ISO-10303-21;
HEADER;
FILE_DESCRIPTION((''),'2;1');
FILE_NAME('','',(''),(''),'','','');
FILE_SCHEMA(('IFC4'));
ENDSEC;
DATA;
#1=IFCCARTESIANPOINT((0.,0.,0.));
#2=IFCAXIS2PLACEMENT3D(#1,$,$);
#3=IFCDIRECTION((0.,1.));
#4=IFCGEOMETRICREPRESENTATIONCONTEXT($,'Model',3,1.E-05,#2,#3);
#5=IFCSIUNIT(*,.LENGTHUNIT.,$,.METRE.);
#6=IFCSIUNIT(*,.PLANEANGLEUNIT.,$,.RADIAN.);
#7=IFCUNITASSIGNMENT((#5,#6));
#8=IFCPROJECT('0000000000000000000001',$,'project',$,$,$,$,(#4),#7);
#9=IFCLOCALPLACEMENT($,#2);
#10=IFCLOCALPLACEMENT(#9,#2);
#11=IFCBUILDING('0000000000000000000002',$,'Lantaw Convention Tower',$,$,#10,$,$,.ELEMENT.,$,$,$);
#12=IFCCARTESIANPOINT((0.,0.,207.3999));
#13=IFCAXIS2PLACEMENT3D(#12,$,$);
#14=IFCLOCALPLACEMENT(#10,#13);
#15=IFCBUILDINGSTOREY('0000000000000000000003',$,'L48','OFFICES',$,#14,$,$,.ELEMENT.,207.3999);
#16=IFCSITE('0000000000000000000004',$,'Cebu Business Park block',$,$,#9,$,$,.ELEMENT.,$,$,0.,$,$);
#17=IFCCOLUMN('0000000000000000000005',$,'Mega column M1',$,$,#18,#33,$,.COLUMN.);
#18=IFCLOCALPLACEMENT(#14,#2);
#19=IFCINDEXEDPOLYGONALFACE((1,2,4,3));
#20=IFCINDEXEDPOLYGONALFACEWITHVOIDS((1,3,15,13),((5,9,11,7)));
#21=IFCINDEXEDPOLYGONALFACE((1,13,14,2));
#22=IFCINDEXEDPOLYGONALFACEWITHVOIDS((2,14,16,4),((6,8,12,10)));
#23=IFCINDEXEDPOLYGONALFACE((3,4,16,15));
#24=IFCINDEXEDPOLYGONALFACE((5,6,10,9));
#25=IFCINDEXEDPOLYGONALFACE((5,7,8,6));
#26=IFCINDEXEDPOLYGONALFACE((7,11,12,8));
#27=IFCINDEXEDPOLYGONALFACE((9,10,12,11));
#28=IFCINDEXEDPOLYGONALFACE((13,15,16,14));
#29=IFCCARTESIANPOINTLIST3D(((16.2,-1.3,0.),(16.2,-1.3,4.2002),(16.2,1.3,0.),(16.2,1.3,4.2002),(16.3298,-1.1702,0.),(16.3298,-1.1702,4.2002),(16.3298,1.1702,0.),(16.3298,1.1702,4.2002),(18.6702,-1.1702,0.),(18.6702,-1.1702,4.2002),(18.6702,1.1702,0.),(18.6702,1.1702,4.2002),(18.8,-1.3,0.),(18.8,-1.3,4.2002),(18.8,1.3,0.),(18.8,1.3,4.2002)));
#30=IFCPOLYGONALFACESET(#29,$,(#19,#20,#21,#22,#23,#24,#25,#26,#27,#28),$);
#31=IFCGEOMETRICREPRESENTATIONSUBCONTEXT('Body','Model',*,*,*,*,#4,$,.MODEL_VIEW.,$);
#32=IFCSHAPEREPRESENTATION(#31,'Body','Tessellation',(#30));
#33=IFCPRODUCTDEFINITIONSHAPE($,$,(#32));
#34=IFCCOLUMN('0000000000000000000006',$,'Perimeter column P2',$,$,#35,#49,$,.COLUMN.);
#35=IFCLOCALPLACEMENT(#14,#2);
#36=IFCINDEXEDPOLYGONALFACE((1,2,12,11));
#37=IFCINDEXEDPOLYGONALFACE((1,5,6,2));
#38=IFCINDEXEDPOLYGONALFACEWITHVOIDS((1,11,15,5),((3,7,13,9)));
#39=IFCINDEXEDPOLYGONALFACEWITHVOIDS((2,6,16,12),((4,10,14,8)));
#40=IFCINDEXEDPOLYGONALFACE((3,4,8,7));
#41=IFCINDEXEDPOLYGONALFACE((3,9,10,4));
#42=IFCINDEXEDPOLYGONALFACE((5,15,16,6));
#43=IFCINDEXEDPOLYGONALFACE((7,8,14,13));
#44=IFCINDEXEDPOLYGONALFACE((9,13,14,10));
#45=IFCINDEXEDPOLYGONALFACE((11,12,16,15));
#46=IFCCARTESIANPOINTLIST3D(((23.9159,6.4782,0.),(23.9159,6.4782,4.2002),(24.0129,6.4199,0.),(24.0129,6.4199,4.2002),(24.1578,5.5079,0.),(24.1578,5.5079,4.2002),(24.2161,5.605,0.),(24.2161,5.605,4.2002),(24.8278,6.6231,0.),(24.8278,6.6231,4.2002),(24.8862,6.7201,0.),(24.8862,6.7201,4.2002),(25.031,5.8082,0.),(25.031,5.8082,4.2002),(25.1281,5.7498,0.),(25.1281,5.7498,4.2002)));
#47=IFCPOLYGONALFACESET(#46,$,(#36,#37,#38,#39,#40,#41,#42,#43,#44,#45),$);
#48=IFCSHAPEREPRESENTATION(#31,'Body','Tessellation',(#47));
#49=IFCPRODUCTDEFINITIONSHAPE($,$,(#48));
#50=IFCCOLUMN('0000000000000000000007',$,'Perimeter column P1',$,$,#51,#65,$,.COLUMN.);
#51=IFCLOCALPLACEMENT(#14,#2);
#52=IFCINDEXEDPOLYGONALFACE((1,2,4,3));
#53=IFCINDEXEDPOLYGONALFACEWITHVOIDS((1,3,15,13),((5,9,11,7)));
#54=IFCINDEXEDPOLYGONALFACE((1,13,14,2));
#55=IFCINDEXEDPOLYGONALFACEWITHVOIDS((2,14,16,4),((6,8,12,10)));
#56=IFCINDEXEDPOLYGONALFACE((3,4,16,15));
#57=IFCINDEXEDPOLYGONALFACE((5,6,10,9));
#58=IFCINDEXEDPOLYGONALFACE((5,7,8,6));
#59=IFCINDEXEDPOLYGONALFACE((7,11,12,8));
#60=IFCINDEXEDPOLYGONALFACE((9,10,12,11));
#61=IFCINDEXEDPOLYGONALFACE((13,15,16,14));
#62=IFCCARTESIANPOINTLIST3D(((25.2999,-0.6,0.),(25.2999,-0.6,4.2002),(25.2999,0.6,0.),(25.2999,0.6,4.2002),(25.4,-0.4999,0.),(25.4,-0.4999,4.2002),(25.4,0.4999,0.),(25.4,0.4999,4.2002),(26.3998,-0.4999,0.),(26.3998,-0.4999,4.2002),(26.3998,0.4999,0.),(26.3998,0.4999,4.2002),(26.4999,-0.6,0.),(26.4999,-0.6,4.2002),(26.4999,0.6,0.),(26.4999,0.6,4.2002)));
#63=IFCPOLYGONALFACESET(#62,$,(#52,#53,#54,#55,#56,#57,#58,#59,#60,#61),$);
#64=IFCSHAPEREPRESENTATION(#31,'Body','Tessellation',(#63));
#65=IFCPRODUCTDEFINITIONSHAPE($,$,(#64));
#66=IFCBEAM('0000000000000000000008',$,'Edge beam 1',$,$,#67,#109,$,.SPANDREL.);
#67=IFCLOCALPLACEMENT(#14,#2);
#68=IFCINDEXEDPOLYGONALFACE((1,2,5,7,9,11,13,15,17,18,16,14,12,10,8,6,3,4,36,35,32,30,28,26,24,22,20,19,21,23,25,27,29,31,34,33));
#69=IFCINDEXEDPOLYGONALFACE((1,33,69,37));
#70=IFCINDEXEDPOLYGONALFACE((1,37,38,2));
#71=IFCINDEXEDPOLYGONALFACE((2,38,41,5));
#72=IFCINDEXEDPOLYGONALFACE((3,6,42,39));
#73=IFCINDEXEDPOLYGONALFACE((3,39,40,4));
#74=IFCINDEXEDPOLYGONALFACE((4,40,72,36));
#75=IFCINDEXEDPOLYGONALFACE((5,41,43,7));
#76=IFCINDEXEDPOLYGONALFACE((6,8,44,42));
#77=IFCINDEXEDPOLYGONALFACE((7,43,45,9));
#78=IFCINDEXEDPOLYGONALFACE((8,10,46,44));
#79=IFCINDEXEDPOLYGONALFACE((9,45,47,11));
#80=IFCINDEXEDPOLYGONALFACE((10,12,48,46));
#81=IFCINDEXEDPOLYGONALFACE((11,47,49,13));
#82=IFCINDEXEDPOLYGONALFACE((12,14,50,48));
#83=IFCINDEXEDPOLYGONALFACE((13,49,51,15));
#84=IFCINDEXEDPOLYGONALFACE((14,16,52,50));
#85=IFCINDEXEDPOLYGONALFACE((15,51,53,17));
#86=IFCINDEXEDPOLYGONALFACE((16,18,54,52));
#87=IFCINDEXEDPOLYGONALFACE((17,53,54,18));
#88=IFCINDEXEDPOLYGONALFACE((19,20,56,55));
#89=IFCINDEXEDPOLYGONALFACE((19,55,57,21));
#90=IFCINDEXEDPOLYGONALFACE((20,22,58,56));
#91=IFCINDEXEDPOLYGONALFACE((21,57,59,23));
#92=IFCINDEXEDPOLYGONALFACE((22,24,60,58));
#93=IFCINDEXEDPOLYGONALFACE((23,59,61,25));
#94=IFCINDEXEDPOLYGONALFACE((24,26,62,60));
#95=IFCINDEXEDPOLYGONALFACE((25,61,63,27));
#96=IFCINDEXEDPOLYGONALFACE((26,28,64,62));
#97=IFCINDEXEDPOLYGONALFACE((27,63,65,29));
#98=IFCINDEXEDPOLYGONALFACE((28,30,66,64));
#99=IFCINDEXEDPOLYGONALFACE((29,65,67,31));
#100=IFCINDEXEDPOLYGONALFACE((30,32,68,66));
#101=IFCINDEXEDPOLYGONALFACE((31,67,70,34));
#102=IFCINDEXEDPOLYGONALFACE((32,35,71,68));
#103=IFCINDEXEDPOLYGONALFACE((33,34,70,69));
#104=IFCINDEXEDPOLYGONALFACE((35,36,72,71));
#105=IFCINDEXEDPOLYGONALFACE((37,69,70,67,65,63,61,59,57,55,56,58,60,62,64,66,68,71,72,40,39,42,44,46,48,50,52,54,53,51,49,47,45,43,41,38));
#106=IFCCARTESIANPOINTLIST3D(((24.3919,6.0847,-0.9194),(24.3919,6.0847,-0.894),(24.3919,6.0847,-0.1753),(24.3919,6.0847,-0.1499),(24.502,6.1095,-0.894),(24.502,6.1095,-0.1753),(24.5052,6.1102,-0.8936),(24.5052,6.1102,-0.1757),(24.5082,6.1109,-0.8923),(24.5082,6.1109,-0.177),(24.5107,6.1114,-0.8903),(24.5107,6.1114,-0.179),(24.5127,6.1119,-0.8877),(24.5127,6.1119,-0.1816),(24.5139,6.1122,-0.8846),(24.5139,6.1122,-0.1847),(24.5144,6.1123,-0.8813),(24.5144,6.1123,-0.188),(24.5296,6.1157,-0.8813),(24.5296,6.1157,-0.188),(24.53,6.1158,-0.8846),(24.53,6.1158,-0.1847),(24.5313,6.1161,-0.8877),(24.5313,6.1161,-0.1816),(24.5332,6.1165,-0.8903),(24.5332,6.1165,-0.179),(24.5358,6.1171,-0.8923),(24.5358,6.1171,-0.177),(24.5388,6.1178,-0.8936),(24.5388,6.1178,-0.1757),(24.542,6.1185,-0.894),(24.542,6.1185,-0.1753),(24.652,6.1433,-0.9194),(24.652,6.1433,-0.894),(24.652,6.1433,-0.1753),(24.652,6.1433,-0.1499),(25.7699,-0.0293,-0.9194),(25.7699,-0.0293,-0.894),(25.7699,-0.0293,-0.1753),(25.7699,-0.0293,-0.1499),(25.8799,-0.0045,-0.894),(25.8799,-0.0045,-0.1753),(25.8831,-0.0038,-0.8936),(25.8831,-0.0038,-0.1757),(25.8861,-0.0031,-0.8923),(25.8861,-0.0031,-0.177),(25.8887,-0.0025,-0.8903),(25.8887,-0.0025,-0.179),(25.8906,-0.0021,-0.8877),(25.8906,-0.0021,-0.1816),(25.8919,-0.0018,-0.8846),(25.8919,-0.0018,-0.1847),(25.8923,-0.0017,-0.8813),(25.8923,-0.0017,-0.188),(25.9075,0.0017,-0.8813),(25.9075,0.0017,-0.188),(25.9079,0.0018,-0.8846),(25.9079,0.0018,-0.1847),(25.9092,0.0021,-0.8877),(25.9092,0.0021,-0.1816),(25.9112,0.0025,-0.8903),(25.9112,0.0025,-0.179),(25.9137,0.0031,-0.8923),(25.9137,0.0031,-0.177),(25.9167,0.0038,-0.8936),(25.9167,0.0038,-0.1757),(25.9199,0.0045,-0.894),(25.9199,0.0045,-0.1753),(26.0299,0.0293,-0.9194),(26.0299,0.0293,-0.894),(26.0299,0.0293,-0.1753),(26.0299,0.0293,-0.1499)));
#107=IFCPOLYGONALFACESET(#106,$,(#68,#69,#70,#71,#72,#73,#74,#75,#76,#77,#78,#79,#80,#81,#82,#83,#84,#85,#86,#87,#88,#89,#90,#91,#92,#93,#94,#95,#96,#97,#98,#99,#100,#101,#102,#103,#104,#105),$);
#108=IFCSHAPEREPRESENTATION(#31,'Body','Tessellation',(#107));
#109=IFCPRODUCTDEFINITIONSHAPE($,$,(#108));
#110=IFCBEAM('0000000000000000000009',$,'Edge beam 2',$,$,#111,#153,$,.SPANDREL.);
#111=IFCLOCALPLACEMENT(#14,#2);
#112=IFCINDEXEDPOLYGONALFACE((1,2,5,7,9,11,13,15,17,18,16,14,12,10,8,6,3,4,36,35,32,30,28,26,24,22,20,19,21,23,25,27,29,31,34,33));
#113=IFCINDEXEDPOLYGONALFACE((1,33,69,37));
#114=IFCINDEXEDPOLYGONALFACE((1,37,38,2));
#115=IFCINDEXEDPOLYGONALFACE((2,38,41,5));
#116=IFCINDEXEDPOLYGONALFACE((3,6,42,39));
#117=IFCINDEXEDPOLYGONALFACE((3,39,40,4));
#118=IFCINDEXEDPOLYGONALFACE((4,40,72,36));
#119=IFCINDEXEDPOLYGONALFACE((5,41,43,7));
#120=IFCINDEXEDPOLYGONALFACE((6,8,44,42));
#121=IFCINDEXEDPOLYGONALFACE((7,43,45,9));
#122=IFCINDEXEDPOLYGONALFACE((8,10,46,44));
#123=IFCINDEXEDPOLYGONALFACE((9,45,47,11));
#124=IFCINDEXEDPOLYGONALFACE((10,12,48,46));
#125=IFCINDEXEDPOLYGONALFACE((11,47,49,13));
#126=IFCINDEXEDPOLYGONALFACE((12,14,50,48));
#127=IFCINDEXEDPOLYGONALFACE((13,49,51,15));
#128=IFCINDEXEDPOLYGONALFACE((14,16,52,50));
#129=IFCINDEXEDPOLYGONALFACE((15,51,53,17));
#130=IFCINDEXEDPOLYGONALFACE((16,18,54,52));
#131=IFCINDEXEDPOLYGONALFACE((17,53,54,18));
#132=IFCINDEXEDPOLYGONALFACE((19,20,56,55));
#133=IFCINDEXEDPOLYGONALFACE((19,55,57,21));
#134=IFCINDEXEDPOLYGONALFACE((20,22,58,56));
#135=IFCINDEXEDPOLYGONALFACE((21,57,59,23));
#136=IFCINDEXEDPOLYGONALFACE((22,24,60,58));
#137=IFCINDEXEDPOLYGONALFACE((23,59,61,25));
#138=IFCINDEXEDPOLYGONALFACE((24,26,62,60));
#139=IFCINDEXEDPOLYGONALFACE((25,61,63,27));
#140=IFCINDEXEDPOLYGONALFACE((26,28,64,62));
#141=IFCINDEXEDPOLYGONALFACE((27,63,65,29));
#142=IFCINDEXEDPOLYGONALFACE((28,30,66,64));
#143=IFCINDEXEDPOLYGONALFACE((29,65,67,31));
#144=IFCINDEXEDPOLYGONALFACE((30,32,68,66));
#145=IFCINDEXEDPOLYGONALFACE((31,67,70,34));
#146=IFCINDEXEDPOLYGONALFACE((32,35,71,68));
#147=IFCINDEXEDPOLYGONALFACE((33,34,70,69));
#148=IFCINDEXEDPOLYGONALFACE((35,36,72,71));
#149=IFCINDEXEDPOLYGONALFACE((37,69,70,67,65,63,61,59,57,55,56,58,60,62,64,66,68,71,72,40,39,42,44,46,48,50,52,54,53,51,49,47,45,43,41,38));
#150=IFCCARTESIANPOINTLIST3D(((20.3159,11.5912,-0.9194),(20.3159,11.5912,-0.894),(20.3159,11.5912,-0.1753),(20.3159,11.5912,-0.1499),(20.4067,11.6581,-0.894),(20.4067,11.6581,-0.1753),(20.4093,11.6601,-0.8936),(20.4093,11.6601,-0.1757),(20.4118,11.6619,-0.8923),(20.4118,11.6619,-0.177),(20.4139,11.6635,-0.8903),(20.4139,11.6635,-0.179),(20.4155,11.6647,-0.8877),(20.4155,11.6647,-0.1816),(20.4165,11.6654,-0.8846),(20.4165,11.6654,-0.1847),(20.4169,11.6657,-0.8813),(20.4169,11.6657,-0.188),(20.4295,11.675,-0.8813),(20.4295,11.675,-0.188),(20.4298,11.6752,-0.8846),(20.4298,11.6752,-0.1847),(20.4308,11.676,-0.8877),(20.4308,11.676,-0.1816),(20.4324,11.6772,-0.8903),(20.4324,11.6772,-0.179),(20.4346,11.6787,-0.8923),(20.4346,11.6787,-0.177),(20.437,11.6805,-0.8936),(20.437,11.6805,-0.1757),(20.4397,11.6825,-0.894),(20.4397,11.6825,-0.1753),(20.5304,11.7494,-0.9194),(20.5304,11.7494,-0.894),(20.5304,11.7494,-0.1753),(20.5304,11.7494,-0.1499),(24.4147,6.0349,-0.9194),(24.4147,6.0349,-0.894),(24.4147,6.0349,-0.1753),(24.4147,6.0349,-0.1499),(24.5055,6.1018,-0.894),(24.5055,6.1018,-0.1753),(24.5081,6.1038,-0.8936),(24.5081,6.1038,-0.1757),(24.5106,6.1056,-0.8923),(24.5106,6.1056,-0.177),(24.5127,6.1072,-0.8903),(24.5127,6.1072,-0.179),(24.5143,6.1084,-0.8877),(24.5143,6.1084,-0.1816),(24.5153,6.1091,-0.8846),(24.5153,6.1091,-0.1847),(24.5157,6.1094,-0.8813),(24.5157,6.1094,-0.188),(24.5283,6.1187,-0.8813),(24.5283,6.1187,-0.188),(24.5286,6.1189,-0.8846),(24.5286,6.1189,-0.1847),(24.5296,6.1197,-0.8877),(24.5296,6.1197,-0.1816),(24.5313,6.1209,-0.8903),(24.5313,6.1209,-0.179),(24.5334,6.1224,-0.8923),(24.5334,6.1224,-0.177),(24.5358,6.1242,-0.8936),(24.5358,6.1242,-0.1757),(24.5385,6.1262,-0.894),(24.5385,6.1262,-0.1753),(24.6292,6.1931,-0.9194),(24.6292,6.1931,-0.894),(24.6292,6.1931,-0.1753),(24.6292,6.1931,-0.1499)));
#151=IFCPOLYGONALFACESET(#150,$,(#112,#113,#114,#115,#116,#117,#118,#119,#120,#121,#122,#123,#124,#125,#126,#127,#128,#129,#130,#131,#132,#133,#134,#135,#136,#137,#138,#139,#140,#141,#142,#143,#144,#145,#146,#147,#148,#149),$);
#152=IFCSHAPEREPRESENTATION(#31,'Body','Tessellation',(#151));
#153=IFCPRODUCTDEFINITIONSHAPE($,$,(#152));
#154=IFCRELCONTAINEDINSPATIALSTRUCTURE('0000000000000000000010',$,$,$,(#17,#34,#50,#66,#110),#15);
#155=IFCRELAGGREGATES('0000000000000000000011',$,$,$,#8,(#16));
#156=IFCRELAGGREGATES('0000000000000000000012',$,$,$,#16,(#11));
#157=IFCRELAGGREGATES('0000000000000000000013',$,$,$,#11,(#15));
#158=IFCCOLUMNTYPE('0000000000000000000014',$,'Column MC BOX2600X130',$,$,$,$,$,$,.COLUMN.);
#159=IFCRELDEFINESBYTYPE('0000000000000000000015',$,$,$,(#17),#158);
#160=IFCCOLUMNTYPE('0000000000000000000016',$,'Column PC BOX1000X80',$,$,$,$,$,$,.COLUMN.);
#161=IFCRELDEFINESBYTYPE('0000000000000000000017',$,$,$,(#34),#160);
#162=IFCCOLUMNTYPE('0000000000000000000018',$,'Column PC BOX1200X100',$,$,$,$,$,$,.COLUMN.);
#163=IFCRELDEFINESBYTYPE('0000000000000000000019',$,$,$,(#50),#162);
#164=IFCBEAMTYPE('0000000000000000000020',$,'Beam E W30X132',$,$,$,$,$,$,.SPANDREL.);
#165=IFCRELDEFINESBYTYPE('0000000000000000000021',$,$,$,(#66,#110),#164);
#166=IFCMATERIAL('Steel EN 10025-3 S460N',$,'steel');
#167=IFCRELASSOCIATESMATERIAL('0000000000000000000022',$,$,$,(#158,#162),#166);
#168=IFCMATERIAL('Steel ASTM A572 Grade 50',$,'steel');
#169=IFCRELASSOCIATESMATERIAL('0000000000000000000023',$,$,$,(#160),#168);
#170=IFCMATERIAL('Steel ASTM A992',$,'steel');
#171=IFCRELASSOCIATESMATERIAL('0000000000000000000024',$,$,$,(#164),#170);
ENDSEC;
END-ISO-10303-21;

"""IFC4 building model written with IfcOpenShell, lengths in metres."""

from ifc_helpers import new_model, si_unit, direction, frame, origin, origin_2d, place, context, subcontext, project, spatial, rectangle, hollow_rectangle, i_section, extrude, material, material_profile, profile_set, type_object, element, save


model = new_model("IFC4")

# Units and contexts
model_context = context("Model", 3, precision=1e-05, world=origin(), true_north=direction((0.0, 1.0)))
body_context = subcontext(model_context, "Body", "Model", "MODEL_VIEW")
ifc_project = project(units=[si_unit("LENGTHUNIT", "METRE"), si_unit("PLANEANGLEUNIT", "RADIAN")], contexts=[model_context])

# Site, building, storey
site_placement = place(None, origin())
site = spatial("IfcSite", under=ifc_project, at=site_placement, Name="Cebu Business Park block", CompositionType="ELEMENT", RefElevation=0.0)
building_placement = place(site_placement, origin())
building = spatial("IfcBuilding", under=site, at=building_placement, Name="Lantaw Convention Tower", CompositionType="ELEMENT")
storey_placement = place(building_placement, frame((0.0, 0.0, 207.3999)))
storey = spatial("IfcBuildingStorey", under=building, at=storey_placement, Name="L48", Description="OFFICES", CompositionType="ELEMENT", Elevation=207.3999)

# Columns
ifc_material_1 = material(Name="Steel EN 10025-3 S460N", Category="steel")
ifc_material_profile_1 = material_profile(ifc_material_1, hollow_rectangle(XDim=2.6001, YDim=2.6001, WallThickness=0.1299, at=origin_2d()), Name="BOX2600X130")
ifc_material_2 = material(Name="Concrete C60/75", Category="concrete")
ifc_material_profile_2 = material_profile(ifc_material_2, rectangle(XDim=2.3401, YDim=2.3401, at=origin_2d()), Name="Concrete fill of BOX2600X130")
ifc_profile_set_1 = profile_set([ifc_material_profile_1, ifc_material_profile_2], Name="Steel EN 10025-3 S460N")
column_type_1 = type_object("IfcColumnType", Name="Column MC BOX2600X130", PredefinedType="COLUMN", material=ifc_profile_set_1)
column_1_placement = place(storey_placement, frame((17.5, 0.0, 0.0), z_axis=(0.0, 0.0, 1.0), x_axis=(1.0, 0.0, 0.0)))
element("IfcColumn", 1, at=column_1_placement, inside=storey, type_object=column_type_1, Name="Mega column M1", PredefinedType="COLUMN", context=body_context, shape_type="SweptSolid", body=[
    extrude(hollow_rectangle(XDim=2.6001, YDim=2.6001, WallThickness=0.1299, at=origin_2d()), origin(), (0.0, 0.0, 1.0), 4.2002),
])
ifc_material_3 = material(Name="Steel ASTM A572 Grade 50", Category="steel")
ifc_material_profile_3 = material_profile(ifc_material_3, hollow_rectangle(XDim=1.0, YDim=1.0, WallThickness=0.0801, at=origin_2d()), Name="BOX1000X80")
ifc_material_profile_4 = material_profile(ifc_material_2, rectangle(XDim=0.8401, YDim=0.8401, at=origin_2d()), Name="Concrete fill of BOX1000X80")
ifc_profile_set_2 = profile_set([ifc_material_profile_3, ifc_material_profile_4], Name="Steel ASTM A572 Grade 50")
column_type_2 = type_object("IfcColumnType", Name="Column PC BOX1000X80", PredefinedType="COLUMN", material=ifc_profile_set_2)
column_2_placement = place(storey_placement, frame((24.522, 6.114, 0.0), z_axis=(0.0, 0.0, 1.0), x_axis=(0.970296, 0.241922, 0.0)))
element("IfcColumn", 2, at=column_2_placement, inside=storey, type_object=column_type_2, Name="Perimeter column P2", PredefinedType="COLUMN", context=body_context, shape_type="SweptSolid", body=[
    extrude(hollow_rectangle(XDim=1.0, YDim=1.0, WallThickness=0.0801, at=origin_2d()), origin(), (0.0, 0.0, 1.0), 4.2002),
])
ifc_material_profile_5 = material_profile(ifc_material_1, hollow_rectangle(XDim=1.2, YDim=1.2, WallThickness=0.1001, at=origin_2d()), Name="BOX1200X100")
ifc_material_profile_6 = material_profile(ifc_material_2, rectangle(XDim=1.0, YDim=1.0, at=origin_2d()), Name="Concrete fill of BOX1200X100")
ifc_profile_set_3 = profile_set([ifc_material_profile_5, ifc_material_profile_6], Name="Steel EN 10025-3 S460N")
column_type_3 = type_object("IfcColumnType", Name="Column PC BOX1200X100", PredefinedType="COLUMN", material=ifc_profile_set_3)
column_3_placement = place(storey_placement, frame((25.8999, 0.0, 0.0), z_axis=(0.0, 0.0, 1.0), x_axis=(1.0, 0.0, 0.0)))
element("IfcColumn", 3, at=column_3_placement, inside=storey, type_object=column_type_3, Name="Perimeter column P1", PredefinedType="COLUMN", context=body_context, shape_type="SweptSolid", body=[
    extrude(hollow_rectangle(XDim=1.2, YDim=1.2, WallThickness=0.1001, at=origin_2d()), origin(), (0.0, 0.0, 1.0), 4.2002),
])

# Beams
ifc_material_4 = material(Name="Steel ASTM A992", Category="steel")
ifc_material_profile_7 = material_profile(ifc_material_4, i_section(OverallWidth=0.2666, OverallDepth=0.7695, WebThickness=0.0156, FlangeThickness=0.0254, FilletRadius=0.0127, at=origin_2d()), Name="W30X132")
ifc_profile_set_4 = profile_set([ifc_material_profile_7], Name="Steel ASTM A992")
beam_type_1 = type_object("IfcBeamType", Name="Beam E W30X132", PredefinedType="SPANDREL", material=ifc_profile_set_4)
beam_1_placement = place(storey_placement, frame((25.8999, 0.0, -0.5347), z_axis=(-0.219858, 0.975532, 0.0), x_axis=(-0.975532, -0.219858, 0.0)))
element("IfcBeam", 4, at=beam_1_placement, inside=storey, type_object=beam_type_1, Name="Edge beam 1", PredefinedType="SPANDREL", context=body_context, shape_type="SweptSolid", body=[
    extrude(i_section(OverallWidth=0.2666, OverallDepth=0.7695, WebThickness=0.0156, FlangeThickness=0.0254, FilletRadius=0.0127, at=origin_2d()), origin(), (0.0, 0.0, 1.0), 6.2673),
])
beam_2_placement = place(storey_placement, frame((24.522, 6.114, -0.5347), z_axis=(-0.593639, 0.804731, 0.0), x_axis=(-0.804731, -0.593639, 0.0)))
element("IfcBeam", 5, at=beam_2_placement, inside=storey, type_object=beam_type_1, Name="Edge beam 2", PredefinedType="SPANDREL", context=body_context, shape_type="SweptSolid", body=[
    extrude(i_section(OverallWidth=0.2666, OverallDepth=0.7695, WebThickness=0.0156, FlangeThickness=0.0254, FilletRadius=0.0127, at=origin_2d()), origin(), (0.0, 0.0, 1.0), 6.9045),
])

save(model, "model.ifc")
